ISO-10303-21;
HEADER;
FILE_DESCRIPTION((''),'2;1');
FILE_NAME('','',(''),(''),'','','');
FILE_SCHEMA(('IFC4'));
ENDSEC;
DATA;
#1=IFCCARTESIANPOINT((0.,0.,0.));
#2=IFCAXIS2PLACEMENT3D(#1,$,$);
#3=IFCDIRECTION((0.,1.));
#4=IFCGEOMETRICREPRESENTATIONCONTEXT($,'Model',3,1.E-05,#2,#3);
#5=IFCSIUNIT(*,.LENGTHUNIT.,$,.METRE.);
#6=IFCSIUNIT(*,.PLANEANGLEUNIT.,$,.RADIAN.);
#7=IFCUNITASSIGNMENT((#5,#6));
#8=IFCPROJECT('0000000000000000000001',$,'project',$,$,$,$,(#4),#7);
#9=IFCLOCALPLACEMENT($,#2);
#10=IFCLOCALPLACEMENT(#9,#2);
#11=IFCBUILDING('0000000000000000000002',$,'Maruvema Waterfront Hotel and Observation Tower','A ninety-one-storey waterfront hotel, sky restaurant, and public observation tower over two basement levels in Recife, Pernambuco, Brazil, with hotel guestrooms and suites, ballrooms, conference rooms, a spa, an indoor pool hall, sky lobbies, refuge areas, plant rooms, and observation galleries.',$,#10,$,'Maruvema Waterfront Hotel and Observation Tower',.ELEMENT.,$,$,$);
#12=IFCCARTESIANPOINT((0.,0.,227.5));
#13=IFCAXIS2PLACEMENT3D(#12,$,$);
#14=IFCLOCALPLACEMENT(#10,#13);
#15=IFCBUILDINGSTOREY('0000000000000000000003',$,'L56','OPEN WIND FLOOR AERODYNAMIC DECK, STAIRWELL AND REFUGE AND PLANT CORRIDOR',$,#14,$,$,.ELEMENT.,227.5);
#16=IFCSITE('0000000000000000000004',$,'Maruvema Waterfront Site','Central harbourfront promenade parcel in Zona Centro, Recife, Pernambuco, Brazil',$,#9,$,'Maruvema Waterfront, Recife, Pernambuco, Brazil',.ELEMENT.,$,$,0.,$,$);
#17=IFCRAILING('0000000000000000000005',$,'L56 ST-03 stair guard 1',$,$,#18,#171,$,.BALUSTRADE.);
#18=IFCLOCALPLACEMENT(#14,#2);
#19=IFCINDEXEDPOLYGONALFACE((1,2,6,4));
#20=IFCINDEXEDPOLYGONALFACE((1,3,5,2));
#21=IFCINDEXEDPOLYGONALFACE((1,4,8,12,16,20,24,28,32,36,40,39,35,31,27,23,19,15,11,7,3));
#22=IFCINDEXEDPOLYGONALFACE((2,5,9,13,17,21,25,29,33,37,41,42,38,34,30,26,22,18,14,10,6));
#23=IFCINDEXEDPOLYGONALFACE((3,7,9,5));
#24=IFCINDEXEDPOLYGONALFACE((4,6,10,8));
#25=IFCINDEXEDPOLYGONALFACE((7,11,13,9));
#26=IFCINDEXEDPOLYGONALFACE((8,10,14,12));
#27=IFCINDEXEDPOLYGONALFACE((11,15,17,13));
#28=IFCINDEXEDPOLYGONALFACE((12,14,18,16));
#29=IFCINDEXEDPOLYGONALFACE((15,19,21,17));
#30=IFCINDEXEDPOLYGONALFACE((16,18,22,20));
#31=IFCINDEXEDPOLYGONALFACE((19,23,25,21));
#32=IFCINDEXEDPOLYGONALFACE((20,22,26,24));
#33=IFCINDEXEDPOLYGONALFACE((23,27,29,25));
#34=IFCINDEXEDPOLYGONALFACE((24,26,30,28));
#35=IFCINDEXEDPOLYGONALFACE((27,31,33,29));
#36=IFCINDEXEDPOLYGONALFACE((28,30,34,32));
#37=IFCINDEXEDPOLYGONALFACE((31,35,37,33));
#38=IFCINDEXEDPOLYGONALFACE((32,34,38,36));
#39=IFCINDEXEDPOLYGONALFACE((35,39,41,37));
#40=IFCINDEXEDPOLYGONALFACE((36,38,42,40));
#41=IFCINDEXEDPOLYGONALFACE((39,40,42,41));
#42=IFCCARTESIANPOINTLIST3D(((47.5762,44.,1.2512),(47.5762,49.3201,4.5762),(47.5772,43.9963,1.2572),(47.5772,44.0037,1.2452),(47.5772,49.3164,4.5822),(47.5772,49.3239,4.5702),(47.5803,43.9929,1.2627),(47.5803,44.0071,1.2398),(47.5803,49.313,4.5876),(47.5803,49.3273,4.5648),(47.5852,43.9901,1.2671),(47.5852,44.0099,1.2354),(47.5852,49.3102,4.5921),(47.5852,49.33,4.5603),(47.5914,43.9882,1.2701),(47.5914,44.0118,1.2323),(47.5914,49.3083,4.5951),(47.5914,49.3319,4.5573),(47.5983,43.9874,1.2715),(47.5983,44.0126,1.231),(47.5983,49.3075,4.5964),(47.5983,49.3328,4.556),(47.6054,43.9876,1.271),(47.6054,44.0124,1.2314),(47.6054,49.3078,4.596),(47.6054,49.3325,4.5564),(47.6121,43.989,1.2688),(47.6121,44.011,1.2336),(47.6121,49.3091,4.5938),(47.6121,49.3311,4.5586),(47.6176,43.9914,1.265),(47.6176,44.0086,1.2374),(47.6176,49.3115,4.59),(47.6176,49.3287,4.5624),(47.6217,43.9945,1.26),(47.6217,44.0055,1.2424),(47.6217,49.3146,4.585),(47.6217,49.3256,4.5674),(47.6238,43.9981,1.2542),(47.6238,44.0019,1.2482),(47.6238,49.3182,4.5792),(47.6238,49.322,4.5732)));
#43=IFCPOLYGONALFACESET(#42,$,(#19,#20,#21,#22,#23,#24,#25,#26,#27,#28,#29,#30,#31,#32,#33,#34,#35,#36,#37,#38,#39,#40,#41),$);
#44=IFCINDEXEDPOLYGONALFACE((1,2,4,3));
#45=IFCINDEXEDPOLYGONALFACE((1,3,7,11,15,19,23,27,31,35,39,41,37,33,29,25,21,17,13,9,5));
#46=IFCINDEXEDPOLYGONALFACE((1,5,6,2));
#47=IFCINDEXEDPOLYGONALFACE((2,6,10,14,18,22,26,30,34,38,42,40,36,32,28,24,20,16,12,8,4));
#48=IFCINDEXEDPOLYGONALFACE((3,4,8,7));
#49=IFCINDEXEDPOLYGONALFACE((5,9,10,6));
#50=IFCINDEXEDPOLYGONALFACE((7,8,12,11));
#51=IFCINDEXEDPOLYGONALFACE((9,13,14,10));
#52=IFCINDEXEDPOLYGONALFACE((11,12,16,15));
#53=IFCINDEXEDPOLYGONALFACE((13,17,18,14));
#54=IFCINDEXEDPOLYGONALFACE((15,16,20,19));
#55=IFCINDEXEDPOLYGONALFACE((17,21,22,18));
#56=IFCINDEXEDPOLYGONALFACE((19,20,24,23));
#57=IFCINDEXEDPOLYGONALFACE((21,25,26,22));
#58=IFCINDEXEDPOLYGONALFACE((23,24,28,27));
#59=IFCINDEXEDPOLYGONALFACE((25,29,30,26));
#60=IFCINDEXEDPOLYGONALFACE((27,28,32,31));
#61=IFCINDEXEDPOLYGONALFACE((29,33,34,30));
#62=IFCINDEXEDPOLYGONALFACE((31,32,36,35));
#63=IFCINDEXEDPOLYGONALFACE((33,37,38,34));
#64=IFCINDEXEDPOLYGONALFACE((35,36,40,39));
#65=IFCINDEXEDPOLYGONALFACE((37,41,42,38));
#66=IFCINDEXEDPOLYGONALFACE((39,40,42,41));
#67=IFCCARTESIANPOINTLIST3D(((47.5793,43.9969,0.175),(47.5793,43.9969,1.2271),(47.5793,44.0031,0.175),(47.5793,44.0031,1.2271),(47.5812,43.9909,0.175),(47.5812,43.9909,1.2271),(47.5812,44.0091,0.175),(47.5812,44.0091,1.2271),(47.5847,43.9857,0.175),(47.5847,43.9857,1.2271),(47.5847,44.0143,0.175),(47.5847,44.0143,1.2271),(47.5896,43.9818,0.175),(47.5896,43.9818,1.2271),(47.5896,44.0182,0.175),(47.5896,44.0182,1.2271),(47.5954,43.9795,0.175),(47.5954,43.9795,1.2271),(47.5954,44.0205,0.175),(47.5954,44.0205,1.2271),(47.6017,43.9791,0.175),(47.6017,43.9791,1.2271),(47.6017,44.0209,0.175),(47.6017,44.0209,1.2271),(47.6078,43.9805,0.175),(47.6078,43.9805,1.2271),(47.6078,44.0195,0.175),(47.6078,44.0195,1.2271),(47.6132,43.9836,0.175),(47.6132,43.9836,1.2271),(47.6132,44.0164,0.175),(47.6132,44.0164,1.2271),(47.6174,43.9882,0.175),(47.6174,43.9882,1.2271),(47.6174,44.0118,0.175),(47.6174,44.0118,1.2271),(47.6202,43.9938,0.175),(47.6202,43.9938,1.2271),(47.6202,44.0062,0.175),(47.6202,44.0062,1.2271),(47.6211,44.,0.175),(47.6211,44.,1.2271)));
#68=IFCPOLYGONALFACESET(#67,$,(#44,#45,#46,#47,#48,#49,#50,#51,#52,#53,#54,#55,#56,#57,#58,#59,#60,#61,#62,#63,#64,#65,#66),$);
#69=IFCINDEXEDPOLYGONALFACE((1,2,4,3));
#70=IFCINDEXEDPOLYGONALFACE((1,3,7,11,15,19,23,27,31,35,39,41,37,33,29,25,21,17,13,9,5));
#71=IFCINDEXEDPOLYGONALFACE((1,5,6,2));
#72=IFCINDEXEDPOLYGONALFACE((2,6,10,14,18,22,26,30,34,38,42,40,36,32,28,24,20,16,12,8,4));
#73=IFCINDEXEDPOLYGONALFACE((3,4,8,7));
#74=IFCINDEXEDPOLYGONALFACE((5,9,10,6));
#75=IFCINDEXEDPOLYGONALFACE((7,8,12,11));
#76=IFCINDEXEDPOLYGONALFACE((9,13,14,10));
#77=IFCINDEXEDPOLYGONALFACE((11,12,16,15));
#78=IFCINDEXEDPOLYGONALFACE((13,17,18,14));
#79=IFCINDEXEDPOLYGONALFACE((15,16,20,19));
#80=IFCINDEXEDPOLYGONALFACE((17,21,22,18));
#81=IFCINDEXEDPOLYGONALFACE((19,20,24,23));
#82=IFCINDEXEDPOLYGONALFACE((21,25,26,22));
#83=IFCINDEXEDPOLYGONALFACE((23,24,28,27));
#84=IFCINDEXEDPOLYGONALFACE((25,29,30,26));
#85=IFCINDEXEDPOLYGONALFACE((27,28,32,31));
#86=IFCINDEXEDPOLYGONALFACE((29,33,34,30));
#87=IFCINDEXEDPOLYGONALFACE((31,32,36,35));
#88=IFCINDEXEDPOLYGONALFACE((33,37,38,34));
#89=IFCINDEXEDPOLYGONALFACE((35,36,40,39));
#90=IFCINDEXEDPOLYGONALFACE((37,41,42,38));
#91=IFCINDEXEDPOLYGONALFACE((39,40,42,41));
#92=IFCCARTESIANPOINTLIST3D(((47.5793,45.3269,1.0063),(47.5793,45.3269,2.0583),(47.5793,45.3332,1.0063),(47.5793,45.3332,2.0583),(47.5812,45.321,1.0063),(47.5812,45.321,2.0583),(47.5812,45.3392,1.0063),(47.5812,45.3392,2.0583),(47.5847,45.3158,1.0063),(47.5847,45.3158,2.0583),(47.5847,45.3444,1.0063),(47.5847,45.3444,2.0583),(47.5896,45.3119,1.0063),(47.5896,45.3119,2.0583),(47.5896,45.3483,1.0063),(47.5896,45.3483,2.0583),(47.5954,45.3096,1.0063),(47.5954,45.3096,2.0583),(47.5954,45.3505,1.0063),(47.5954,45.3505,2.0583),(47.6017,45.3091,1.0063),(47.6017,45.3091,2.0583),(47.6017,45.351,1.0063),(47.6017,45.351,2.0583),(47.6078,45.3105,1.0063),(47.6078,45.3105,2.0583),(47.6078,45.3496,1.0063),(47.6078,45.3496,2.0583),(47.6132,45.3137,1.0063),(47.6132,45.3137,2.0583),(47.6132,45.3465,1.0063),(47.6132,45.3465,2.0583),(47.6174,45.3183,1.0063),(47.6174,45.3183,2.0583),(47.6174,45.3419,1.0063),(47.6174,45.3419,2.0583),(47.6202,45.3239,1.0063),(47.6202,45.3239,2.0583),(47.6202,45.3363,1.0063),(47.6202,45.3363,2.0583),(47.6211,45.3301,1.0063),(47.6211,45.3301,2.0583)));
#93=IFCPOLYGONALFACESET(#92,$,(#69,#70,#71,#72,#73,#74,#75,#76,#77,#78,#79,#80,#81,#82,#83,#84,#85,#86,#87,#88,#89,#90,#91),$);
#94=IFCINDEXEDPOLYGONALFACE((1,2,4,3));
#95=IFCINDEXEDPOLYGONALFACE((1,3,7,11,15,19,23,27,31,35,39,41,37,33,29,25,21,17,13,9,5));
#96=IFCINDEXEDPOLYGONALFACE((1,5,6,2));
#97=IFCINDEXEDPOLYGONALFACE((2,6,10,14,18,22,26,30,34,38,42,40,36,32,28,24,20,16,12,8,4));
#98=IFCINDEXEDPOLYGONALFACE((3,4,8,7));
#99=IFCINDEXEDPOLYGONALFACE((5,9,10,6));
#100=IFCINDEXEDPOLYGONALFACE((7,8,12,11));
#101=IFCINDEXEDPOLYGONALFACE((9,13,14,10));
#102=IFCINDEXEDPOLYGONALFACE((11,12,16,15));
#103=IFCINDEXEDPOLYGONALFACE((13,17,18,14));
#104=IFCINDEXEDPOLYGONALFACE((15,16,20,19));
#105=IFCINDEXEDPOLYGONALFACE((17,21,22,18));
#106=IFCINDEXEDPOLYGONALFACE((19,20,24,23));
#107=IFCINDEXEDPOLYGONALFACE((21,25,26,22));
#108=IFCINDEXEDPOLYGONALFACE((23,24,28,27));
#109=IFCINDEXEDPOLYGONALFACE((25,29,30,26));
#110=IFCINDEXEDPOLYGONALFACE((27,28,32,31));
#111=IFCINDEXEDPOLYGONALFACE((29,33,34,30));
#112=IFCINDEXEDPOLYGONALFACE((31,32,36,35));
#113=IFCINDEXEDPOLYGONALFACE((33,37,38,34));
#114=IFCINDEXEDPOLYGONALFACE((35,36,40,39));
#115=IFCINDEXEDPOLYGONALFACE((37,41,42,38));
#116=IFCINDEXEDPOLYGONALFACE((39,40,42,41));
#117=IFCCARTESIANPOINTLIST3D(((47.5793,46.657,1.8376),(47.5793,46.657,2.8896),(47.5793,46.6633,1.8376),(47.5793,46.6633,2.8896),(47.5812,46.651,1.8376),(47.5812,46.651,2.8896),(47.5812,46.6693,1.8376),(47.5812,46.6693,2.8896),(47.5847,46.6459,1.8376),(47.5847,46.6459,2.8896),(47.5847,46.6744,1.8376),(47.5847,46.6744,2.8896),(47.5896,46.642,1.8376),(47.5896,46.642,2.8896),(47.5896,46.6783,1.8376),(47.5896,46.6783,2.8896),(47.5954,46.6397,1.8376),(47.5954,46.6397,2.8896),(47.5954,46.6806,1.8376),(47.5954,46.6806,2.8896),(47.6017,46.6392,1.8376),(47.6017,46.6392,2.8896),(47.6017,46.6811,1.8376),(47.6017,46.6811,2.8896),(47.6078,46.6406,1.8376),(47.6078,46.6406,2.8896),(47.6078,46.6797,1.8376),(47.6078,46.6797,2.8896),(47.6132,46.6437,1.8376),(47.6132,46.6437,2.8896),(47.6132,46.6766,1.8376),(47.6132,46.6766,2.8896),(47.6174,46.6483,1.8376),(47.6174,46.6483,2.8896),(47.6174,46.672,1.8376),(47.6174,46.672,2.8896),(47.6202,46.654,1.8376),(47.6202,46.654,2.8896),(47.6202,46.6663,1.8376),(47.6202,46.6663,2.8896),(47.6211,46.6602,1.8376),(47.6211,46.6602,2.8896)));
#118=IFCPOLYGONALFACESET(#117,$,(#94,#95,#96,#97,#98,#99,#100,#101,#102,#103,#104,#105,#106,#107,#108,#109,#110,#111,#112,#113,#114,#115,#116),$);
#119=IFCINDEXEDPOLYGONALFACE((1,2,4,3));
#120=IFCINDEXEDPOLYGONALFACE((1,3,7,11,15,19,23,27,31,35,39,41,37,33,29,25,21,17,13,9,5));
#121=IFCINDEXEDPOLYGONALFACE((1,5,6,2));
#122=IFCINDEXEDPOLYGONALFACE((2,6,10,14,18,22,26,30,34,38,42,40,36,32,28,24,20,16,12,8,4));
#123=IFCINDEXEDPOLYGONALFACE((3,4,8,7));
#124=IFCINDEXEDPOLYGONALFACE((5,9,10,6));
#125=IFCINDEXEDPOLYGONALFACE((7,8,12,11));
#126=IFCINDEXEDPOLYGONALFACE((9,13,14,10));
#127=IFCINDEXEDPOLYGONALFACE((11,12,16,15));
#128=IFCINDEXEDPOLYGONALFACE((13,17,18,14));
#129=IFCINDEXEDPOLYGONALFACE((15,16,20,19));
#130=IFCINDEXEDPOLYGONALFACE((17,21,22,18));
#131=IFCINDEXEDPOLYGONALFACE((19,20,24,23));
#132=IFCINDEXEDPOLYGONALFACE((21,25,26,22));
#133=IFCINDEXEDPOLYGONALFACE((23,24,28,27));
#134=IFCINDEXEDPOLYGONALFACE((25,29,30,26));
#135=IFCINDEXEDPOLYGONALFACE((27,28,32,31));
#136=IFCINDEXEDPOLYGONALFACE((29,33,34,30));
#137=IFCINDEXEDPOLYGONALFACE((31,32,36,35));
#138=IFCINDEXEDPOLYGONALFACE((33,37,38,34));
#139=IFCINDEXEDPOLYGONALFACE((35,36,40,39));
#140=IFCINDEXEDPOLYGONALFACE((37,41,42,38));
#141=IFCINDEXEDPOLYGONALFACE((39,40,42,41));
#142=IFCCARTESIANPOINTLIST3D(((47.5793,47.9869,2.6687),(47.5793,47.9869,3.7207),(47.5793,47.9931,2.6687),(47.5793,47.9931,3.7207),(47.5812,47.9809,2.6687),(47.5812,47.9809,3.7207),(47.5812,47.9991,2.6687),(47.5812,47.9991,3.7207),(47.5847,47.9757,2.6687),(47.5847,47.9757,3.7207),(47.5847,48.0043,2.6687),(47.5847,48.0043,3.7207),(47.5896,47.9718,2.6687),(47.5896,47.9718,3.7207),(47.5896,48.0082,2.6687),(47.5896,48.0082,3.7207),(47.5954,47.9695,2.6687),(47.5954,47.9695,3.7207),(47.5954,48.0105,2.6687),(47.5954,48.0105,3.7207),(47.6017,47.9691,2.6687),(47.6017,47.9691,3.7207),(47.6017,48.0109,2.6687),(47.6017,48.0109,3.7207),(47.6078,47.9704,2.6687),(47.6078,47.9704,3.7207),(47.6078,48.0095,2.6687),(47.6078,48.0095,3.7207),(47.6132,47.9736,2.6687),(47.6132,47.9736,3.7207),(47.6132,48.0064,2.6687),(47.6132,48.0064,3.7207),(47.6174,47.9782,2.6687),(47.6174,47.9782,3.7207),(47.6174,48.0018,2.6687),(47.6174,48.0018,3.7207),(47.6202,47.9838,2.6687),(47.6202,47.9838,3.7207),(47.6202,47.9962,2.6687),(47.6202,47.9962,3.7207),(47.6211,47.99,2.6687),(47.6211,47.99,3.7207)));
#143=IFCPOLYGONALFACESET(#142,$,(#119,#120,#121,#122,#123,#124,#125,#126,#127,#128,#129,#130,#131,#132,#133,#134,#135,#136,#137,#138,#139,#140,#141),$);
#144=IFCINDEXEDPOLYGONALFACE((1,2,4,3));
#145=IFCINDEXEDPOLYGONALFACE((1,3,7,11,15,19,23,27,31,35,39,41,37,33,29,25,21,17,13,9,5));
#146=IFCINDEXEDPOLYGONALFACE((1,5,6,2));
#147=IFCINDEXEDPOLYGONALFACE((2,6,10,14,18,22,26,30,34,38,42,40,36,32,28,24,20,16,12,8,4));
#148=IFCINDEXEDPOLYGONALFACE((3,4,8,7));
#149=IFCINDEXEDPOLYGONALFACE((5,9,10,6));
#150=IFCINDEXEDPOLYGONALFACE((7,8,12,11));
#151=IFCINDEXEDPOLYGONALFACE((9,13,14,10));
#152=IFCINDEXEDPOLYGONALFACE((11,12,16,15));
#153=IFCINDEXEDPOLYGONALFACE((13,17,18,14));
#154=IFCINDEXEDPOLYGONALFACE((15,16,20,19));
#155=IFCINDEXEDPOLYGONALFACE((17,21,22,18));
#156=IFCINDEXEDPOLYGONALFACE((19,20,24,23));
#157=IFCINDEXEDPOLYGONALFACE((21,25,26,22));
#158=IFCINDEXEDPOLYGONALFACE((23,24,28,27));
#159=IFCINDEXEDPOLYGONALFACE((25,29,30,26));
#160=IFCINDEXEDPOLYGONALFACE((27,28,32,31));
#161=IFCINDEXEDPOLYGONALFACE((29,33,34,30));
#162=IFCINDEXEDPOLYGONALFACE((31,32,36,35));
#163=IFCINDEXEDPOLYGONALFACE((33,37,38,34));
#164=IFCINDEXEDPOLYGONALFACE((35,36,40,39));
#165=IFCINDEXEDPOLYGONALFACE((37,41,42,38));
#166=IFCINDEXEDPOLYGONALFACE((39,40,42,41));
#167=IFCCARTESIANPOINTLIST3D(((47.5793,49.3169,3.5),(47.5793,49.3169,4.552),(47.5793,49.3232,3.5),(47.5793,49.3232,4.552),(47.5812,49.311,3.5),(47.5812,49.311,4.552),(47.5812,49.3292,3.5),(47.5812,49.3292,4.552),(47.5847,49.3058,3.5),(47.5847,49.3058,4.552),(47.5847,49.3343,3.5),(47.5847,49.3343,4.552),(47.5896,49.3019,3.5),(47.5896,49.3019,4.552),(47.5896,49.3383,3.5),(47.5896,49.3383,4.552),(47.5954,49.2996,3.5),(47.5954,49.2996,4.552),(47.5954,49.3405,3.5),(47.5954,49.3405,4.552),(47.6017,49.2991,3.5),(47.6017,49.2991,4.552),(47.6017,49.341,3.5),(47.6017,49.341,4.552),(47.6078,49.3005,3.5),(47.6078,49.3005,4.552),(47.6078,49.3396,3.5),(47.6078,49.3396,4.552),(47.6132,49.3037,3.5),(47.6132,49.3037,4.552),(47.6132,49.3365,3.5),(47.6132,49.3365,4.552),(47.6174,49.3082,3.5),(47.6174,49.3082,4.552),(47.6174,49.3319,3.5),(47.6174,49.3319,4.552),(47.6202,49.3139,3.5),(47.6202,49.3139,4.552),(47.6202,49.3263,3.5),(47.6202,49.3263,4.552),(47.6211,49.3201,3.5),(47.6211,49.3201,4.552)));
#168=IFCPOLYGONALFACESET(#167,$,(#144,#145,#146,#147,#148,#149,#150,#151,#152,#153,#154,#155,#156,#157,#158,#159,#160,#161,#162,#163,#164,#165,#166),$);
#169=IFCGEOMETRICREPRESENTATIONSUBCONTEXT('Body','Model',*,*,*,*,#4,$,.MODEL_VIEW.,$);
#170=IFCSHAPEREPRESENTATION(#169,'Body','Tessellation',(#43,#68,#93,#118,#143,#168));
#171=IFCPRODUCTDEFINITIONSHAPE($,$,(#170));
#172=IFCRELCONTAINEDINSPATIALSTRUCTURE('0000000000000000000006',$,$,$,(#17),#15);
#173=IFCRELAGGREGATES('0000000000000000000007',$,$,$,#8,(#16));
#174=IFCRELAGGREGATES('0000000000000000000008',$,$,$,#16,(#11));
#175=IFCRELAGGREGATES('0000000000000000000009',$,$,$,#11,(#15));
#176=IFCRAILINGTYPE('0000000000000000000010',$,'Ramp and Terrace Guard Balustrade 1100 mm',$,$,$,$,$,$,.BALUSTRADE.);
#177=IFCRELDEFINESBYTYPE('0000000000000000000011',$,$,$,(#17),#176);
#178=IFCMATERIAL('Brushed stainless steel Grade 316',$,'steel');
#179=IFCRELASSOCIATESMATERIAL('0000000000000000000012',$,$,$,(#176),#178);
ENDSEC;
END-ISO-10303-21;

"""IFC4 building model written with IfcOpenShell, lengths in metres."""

from ifc_helpers import new_model, si_unit, direction, frame, origin, origin_2d, place, context, subcontext, project, spatial, circle, extrude, material, type_object, element, save


model = new_model("IFC4")

# Units and contexts
model_context = context("Model", 3, precision=1e-05, world=origin(), true_north=direction((0.0, 1.0)))
body_context = subcontext(model_context, "Body", "Model", "MODEL_VIEW")
ifc_project = project(units=[si_unit("LENGTHUNIT", "METRE"), si_unit("PLANEANGLEUNIT", "RADIAN")], contexts=[model_context])

# Site, building, storey
site_placement = place(None, origin())
site = spatial("IfcSite", under=ifc_project, at=site_placement, Name="Maruvema Waterfront Site", Description="Central harbourfront promenade parcel in Zona Centro, Recife, Pernambuco, Brazil", LongName="Maruvema Waterfront, Recife, Pernambuco, Brazil", CompositionType="ELEMENT", RefElevation=0.0)
building_placement = place(site_placement, origin())
building = spatial("IfcBuilding", under=site, at=building_placement, Name="Maruvema Waterfront Hotel and Observation Tower", Description="A ninety-one-storey waterfront hotel, sky restaurant, and public observation tower over two basement levels in Recife, Pernambuco, Brazil, with hotel guestrooms and suites, ballrooms, conference rooms, a spa, an indoor pool hall, sky lobbies, refuge areas, plant rooms, and observation galleries.", LongName="Maruvema Waterfront Hotel and Observation Tower", CompositionType="ELEMENT")
storey_placement = place(building_placement, frame((0.0, 0.0, 227.5)))
storey = spatial("IfcBuildingStorey", under=building, at=storey_placement, Name="L56", Description="OPEN WIND FLOOR AERODYNAMIC DECK, STAIRWELL AND REFUGE AND PLANT CORRIDOR", CompositionType="ELEMENT", Elevation=227.5)

# Railing
ifc_material_1 = material(Name="Brushed stainless steel Grade 316", Category="steel")
railing_type_1 = type_object("IfcRailingType", Name="Ramp and Terrace Guard Balustrade 1100 mm", PredefinedType="BALUSTRADE", material=ifc_material_1)
railing_1_placement = place(storey_placement, frame((47.6001, 44.0, 0.175)))
element("IfcRailing", 1, at=railing_1_placement, inside=storey, type_object=railing_type_1, Name="L56 ST-03 stair guard 1", PredefinedType="BALUSTRADE", context=body_context, shape_type="SweptSolid", body=[
    extrude(circle(Radius=0.0239, at=origin_2d()), frame((0.0, 0.0, 1.0762), z_axis=(0.0, 0.848005, 0.529988), x_axis=(-1.0, 0.0, 0.0)), (0.0, 0.0, 1.0), 6.2737),
    extrude(circle(Radius=0.021, at=origin_2d()), origin(), (0.0, 0.0, 1.0), 1.052),
    extrude(circle(Radius=0.021, at=origin_2d()), frame((0.0, 1.3301, 0.8313)), (0.0, 0.0, 1.0), 1.052),
    extrude(circle(Radius=0.021, at=origin_2d()), frame((0.0, 2.6602, 1.6626)), (0.0, 0.0, 1.0), 1.052),
    extrude(circle(Radius=0.021, at=origin_2d()), frame((0.0, 3.99, 2.4937)), (0.0, 0.0, 1.0), 1.052),
    extrude(circle(Radius=0.021, at=origin_2d()), frame((0.0, 5.3201, 3.325)), (0.0, 0.0, 1.0), 1.052),
])

save(model, "model.ifc")
